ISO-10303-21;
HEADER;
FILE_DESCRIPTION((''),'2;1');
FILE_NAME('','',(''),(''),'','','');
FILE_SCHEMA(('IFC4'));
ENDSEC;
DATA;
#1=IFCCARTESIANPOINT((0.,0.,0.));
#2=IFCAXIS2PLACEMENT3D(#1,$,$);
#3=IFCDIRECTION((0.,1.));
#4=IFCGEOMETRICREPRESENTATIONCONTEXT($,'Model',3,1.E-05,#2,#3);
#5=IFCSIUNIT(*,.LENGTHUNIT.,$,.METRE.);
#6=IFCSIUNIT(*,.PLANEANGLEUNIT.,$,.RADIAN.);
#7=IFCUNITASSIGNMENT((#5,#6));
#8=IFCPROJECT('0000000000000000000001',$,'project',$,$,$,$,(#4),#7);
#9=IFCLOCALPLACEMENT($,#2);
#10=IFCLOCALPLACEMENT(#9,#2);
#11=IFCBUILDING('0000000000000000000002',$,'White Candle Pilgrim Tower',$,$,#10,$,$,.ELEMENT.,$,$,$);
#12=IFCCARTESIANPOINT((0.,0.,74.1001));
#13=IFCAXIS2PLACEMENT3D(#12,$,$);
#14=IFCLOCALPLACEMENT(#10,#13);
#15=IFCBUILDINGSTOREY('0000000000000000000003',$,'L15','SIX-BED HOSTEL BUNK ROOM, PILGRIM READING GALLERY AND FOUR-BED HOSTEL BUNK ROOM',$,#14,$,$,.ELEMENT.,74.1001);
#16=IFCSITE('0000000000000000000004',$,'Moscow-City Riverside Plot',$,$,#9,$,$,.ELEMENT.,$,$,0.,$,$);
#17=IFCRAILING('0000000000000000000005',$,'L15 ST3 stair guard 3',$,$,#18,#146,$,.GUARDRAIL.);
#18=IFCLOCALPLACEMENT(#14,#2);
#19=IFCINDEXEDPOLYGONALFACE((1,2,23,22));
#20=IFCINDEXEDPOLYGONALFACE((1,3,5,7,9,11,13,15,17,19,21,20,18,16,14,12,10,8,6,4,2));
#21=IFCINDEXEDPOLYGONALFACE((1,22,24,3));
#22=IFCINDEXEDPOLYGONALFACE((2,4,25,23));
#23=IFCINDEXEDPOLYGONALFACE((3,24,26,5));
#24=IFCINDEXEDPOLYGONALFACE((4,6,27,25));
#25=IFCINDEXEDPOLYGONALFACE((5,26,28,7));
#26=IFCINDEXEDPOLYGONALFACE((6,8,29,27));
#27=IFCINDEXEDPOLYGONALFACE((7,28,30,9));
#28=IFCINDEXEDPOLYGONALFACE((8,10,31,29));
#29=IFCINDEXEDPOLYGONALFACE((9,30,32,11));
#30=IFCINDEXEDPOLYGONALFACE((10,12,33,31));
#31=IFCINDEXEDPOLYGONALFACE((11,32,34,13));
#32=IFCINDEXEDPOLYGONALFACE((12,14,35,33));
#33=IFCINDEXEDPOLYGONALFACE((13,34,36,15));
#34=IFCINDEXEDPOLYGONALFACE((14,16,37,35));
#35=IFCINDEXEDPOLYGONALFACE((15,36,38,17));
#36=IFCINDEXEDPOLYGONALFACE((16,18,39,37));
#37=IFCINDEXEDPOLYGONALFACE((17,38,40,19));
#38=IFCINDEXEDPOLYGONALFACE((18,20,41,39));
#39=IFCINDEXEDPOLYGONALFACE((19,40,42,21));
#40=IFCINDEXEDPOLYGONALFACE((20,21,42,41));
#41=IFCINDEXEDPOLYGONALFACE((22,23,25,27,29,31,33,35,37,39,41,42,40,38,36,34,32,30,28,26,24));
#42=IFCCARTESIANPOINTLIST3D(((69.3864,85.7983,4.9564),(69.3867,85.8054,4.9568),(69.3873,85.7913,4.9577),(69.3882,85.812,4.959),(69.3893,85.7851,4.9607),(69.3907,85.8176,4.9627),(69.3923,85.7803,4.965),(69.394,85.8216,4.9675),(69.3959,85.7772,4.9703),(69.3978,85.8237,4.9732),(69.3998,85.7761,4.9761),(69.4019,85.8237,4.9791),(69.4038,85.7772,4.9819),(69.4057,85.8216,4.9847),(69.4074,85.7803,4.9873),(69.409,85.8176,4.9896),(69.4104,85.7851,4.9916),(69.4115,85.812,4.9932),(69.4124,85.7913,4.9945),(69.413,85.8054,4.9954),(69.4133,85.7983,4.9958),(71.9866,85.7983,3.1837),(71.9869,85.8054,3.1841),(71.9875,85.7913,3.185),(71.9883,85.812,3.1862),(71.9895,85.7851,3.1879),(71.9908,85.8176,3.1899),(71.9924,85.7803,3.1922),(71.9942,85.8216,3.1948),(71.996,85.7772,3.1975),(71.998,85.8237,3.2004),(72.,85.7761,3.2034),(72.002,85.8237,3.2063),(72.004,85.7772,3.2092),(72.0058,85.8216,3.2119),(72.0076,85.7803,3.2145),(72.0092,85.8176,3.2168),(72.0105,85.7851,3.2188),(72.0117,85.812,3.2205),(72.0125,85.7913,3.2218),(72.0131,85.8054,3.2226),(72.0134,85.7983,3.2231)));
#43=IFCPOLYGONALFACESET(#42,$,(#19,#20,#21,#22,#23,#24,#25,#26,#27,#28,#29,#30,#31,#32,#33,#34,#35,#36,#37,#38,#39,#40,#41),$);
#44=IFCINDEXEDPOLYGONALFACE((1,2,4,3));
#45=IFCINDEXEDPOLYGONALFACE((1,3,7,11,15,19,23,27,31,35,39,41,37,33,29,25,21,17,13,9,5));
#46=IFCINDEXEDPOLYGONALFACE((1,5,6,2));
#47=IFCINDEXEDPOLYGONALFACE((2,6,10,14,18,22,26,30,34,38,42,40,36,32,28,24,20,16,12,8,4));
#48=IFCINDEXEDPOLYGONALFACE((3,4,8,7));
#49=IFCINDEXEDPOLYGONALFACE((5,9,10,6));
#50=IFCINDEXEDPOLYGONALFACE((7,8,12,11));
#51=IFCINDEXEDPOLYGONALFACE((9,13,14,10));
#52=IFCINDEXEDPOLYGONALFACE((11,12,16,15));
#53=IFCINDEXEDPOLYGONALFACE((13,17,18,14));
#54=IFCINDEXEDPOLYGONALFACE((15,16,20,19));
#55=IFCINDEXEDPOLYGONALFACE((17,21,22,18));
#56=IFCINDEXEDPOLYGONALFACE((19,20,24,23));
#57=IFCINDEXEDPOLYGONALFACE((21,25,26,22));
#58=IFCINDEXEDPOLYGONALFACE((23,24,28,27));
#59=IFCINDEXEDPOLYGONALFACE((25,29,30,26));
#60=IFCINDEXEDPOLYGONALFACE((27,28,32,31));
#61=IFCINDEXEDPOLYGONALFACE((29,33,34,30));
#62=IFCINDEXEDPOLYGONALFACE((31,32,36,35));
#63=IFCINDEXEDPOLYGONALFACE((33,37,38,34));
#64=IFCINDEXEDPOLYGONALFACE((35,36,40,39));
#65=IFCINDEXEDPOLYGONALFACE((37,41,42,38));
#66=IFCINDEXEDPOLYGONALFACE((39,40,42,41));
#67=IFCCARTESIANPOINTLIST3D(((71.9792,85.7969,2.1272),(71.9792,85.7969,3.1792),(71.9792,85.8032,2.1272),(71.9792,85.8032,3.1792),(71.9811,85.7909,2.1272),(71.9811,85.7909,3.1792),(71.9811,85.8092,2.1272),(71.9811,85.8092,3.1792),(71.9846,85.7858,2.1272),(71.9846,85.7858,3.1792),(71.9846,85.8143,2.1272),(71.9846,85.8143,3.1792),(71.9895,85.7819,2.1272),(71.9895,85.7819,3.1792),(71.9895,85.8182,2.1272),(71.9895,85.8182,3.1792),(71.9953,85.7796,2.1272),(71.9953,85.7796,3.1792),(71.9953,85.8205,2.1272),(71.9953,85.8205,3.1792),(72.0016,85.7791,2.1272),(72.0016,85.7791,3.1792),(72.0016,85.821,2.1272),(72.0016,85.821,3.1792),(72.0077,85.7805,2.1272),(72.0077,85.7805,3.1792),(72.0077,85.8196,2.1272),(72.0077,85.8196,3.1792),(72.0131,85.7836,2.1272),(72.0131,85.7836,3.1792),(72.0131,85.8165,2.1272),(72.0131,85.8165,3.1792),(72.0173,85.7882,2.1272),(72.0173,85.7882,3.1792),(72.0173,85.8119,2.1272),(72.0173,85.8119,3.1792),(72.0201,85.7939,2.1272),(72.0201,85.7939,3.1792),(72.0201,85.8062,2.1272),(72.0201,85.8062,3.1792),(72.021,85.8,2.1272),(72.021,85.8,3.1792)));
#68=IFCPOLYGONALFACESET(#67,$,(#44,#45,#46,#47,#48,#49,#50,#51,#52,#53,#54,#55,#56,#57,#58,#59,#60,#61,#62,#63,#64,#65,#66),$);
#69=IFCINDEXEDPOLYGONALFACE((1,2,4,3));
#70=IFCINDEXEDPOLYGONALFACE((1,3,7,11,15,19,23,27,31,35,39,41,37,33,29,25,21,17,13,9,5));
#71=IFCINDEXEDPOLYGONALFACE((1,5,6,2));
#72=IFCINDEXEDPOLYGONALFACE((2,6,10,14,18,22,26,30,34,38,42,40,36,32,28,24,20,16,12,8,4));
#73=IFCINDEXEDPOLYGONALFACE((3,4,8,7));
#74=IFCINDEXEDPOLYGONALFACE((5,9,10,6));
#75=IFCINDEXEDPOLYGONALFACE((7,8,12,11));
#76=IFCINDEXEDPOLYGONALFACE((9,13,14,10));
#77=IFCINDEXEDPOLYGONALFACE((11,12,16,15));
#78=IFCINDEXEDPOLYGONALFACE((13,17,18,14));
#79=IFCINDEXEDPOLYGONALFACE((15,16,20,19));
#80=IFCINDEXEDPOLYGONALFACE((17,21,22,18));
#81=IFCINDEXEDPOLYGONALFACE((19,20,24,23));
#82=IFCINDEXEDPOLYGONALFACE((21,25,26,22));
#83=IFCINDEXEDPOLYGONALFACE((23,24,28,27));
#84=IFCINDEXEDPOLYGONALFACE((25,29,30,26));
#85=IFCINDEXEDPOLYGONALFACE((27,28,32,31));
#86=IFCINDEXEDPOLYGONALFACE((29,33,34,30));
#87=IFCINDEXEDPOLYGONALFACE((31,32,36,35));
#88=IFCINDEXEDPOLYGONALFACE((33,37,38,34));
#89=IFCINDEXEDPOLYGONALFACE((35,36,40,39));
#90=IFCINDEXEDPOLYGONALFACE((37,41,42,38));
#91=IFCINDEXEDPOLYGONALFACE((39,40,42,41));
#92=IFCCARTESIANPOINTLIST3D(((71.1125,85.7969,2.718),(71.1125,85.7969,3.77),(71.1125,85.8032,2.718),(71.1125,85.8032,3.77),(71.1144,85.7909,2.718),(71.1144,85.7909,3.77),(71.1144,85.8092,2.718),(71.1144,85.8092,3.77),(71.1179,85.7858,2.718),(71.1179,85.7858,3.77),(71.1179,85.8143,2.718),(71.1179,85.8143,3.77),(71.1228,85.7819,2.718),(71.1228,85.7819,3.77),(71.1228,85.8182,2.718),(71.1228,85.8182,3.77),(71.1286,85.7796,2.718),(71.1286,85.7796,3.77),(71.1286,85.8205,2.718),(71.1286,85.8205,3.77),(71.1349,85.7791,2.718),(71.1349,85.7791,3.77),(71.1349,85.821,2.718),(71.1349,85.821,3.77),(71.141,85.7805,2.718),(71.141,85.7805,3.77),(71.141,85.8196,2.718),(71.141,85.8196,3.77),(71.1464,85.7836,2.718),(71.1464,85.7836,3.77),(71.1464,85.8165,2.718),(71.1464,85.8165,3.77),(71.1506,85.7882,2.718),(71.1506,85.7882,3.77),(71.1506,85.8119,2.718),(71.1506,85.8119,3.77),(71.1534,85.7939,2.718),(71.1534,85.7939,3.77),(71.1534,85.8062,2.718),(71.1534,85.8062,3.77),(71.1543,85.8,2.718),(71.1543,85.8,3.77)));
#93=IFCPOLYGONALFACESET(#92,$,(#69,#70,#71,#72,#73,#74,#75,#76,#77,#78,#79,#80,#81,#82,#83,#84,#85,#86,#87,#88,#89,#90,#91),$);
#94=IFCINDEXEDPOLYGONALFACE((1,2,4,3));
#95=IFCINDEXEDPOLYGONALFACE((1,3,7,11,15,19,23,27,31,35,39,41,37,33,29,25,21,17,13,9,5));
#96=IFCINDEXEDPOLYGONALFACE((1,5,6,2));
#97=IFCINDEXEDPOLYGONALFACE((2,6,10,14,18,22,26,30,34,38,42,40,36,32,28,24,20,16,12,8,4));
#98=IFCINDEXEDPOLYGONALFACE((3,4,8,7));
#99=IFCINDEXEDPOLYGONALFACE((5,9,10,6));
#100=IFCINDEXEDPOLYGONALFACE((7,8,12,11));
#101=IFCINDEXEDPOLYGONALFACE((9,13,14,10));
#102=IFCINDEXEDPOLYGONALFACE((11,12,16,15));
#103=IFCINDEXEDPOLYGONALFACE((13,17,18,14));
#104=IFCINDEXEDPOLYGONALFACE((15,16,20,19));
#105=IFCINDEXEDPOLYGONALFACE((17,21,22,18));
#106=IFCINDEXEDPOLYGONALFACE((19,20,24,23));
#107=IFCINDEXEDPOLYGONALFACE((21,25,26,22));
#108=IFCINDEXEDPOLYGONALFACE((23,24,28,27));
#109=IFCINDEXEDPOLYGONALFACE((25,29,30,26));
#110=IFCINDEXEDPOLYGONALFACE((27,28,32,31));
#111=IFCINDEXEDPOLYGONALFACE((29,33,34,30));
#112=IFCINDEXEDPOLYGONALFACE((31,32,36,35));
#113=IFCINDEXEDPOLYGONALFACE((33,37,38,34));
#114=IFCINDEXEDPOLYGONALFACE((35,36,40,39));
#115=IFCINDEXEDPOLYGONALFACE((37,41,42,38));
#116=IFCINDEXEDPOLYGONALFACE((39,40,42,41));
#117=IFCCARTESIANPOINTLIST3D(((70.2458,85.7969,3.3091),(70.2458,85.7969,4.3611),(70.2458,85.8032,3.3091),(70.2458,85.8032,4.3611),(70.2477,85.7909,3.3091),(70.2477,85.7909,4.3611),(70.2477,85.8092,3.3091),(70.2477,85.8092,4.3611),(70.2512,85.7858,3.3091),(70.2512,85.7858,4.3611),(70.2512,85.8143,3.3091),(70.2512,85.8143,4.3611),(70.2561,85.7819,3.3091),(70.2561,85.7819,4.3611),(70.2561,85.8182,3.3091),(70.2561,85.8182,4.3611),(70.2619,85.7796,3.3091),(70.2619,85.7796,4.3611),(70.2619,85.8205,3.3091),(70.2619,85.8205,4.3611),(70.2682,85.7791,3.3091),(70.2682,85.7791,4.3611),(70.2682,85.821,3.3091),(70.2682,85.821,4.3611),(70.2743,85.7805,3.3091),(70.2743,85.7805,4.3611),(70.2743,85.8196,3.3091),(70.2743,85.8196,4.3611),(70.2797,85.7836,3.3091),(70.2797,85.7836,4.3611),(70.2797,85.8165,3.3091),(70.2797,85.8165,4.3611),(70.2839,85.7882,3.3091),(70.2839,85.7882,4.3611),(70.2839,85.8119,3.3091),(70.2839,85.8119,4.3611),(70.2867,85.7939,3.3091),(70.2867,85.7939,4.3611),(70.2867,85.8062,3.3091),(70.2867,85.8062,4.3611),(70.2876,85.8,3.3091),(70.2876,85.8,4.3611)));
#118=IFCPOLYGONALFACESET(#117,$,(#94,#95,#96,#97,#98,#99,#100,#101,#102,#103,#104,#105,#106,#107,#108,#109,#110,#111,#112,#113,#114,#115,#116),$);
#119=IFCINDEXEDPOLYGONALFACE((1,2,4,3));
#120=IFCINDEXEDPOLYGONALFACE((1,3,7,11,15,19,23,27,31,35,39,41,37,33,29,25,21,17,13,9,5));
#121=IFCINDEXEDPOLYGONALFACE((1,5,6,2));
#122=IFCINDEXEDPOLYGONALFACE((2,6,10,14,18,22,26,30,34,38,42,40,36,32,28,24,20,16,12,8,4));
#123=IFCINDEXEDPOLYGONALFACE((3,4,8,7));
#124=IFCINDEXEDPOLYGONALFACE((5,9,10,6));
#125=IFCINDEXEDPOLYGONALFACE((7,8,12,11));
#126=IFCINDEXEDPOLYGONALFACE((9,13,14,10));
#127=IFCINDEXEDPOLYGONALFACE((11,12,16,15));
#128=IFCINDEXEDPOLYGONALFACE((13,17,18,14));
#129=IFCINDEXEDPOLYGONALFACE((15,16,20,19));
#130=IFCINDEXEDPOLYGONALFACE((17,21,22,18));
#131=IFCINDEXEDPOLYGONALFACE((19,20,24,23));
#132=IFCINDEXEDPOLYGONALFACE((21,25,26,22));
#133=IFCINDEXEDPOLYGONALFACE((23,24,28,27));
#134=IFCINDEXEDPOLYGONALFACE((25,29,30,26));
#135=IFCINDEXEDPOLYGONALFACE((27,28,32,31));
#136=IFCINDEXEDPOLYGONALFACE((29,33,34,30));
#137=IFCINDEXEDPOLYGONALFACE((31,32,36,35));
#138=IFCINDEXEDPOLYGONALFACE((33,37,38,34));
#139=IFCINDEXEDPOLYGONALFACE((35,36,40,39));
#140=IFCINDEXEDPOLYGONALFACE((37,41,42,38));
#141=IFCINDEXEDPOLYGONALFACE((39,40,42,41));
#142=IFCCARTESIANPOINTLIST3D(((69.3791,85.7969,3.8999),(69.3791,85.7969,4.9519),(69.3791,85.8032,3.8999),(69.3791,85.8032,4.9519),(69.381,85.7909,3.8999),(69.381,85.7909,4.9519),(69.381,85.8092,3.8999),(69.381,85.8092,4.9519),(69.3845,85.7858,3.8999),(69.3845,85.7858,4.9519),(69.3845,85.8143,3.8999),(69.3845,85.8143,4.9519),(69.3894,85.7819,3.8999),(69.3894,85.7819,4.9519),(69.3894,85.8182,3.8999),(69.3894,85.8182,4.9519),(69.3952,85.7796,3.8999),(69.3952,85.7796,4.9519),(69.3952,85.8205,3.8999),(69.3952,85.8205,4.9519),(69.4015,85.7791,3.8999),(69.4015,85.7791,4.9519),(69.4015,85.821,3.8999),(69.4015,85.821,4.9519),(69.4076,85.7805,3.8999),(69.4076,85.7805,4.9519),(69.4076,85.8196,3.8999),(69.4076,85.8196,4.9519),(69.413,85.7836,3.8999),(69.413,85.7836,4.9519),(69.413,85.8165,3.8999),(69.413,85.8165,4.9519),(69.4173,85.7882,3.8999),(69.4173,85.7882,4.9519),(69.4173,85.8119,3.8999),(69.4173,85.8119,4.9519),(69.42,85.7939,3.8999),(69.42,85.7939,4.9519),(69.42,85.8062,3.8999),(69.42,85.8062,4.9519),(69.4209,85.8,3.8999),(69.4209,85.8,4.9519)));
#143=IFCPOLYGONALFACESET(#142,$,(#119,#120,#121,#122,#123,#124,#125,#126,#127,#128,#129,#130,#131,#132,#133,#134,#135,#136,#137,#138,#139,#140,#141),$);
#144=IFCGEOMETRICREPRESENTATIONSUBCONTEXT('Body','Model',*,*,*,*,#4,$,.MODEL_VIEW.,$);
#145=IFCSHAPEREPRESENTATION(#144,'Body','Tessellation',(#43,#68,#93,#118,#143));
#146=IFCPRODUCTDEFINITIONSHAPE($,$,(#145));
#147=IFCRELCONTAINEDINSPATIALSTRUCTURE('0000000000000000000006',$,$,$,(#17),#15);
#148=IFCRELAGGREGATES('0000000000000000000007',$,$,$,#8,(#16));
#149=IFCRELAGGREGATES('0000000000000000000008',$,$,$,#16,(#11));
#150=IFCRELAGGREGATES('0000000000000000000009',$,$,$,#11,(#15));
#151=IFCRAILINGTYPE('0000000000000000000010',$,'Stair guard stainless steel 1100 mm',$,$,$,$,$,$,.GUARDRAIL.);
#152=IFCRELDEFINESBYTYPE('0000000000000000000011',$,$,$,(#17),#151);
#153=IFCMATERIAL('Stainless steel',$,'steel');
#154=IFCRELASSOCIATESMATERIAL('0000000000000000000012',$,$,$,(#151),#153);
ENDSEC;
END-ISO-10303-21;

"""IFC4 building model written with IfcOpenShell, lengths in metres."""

from ifc_helpers import new_model, si_unit, direction, frame, origin, origin_2d, place, context, subcontext, project, spatial, circle, extrude, material, type_object, element, save


model = new_model("IFC4")

# Units and contexts
model_context = context("Model", 3, precision=1e-05, world=origin(), true_north=direction((0.0, 1.0)))
body_context = subcontext(model_context, "Body", "Model", "MODEL_VIEW")
ifc_project = project(units=[si_unit("LENGTHUNIT", "METRE"), si_unit("PLANEANGLEUNIT", "RADIAN")], contexts=[model_context])

# Site, building, storey
site_placement = place(None, origin())
site = spatial("IfcSite", under=ifc_project, at=site_placement, Name="Moscow-City Riverside Plot", CompositionType="ELEMENT", RefElevation=0.0)
building_placement = place(site_placement, origin())
building = spatial("IfcBuilding", under=site, at=building_placement, Name="White Candle Pilgrim Tower", CompositionType="ELEMENT")
storey_placement = place(building_placement, frame((0.0, 0.0, 74.1001)))
storey = spatial("IfcBuildingStorey", under=building, at=storey_placement, Name="L15", Description="SIX-BED HOSTEL BUNK ROOM, PILGRIM READING GALLERY AND FOUR-BED HOSTEL BUNK ROOM", CompositionType="ELEMENT", Elevation=74.1001)

# Railing
ifc_material_1 = material(Name="Stainless steel", Category="steel")
railing_type_1 = type_object("IfcRailingType", Name="Stair guard stainless steel 1100 mm", PredefinedType="GUARDRAIL", material=ifc_material_1)
railing_1_placement = place(storey_placement, frame((72.0, 85.8, 2.1272)))
element("IfcRailing", 1, at=railing_1_placement, inside=storey, type_object=railing_type_1, Name="L15 ST3 stair guard 3", PredefinedType="GUARDRAIL", context=body_context, shape_type="SweptSolid", body=[
    extrude(circle(Radius=0.0239, at=origin_2d()), frame((0.0, 0.0, 1.0762), z_axis=(-0.82624, 0.0, 0.563318), x_axis=(0.0, -1.0, 0.0)), (0.0, 0.0, 1.0), 3.147),
    extrude(circle(Radius=0.021, at=origin_2d()), origin(), (0.0, 0.0, 1.0), 1.052),
    extrude(circle(Radius=0.021, at=origin_2d()), frame((-0.8667, 0.0, 0.5908)), (0.0, 0.0, 1.0), 1.052),
    extrude(circle(Radius=0.021, at=origin_2d()), frame((-1.7334, 0.0, 1.1819)), (0.0, 0.0, 1.0), 1.052),
    extrude(circle(Radius=0.021, at=origin_2d()), frame((-2.6001, 0.0, 1.7727)), (0.0, 0.0, 1.0), 1.052),
])

save(model, "model.ifc")
